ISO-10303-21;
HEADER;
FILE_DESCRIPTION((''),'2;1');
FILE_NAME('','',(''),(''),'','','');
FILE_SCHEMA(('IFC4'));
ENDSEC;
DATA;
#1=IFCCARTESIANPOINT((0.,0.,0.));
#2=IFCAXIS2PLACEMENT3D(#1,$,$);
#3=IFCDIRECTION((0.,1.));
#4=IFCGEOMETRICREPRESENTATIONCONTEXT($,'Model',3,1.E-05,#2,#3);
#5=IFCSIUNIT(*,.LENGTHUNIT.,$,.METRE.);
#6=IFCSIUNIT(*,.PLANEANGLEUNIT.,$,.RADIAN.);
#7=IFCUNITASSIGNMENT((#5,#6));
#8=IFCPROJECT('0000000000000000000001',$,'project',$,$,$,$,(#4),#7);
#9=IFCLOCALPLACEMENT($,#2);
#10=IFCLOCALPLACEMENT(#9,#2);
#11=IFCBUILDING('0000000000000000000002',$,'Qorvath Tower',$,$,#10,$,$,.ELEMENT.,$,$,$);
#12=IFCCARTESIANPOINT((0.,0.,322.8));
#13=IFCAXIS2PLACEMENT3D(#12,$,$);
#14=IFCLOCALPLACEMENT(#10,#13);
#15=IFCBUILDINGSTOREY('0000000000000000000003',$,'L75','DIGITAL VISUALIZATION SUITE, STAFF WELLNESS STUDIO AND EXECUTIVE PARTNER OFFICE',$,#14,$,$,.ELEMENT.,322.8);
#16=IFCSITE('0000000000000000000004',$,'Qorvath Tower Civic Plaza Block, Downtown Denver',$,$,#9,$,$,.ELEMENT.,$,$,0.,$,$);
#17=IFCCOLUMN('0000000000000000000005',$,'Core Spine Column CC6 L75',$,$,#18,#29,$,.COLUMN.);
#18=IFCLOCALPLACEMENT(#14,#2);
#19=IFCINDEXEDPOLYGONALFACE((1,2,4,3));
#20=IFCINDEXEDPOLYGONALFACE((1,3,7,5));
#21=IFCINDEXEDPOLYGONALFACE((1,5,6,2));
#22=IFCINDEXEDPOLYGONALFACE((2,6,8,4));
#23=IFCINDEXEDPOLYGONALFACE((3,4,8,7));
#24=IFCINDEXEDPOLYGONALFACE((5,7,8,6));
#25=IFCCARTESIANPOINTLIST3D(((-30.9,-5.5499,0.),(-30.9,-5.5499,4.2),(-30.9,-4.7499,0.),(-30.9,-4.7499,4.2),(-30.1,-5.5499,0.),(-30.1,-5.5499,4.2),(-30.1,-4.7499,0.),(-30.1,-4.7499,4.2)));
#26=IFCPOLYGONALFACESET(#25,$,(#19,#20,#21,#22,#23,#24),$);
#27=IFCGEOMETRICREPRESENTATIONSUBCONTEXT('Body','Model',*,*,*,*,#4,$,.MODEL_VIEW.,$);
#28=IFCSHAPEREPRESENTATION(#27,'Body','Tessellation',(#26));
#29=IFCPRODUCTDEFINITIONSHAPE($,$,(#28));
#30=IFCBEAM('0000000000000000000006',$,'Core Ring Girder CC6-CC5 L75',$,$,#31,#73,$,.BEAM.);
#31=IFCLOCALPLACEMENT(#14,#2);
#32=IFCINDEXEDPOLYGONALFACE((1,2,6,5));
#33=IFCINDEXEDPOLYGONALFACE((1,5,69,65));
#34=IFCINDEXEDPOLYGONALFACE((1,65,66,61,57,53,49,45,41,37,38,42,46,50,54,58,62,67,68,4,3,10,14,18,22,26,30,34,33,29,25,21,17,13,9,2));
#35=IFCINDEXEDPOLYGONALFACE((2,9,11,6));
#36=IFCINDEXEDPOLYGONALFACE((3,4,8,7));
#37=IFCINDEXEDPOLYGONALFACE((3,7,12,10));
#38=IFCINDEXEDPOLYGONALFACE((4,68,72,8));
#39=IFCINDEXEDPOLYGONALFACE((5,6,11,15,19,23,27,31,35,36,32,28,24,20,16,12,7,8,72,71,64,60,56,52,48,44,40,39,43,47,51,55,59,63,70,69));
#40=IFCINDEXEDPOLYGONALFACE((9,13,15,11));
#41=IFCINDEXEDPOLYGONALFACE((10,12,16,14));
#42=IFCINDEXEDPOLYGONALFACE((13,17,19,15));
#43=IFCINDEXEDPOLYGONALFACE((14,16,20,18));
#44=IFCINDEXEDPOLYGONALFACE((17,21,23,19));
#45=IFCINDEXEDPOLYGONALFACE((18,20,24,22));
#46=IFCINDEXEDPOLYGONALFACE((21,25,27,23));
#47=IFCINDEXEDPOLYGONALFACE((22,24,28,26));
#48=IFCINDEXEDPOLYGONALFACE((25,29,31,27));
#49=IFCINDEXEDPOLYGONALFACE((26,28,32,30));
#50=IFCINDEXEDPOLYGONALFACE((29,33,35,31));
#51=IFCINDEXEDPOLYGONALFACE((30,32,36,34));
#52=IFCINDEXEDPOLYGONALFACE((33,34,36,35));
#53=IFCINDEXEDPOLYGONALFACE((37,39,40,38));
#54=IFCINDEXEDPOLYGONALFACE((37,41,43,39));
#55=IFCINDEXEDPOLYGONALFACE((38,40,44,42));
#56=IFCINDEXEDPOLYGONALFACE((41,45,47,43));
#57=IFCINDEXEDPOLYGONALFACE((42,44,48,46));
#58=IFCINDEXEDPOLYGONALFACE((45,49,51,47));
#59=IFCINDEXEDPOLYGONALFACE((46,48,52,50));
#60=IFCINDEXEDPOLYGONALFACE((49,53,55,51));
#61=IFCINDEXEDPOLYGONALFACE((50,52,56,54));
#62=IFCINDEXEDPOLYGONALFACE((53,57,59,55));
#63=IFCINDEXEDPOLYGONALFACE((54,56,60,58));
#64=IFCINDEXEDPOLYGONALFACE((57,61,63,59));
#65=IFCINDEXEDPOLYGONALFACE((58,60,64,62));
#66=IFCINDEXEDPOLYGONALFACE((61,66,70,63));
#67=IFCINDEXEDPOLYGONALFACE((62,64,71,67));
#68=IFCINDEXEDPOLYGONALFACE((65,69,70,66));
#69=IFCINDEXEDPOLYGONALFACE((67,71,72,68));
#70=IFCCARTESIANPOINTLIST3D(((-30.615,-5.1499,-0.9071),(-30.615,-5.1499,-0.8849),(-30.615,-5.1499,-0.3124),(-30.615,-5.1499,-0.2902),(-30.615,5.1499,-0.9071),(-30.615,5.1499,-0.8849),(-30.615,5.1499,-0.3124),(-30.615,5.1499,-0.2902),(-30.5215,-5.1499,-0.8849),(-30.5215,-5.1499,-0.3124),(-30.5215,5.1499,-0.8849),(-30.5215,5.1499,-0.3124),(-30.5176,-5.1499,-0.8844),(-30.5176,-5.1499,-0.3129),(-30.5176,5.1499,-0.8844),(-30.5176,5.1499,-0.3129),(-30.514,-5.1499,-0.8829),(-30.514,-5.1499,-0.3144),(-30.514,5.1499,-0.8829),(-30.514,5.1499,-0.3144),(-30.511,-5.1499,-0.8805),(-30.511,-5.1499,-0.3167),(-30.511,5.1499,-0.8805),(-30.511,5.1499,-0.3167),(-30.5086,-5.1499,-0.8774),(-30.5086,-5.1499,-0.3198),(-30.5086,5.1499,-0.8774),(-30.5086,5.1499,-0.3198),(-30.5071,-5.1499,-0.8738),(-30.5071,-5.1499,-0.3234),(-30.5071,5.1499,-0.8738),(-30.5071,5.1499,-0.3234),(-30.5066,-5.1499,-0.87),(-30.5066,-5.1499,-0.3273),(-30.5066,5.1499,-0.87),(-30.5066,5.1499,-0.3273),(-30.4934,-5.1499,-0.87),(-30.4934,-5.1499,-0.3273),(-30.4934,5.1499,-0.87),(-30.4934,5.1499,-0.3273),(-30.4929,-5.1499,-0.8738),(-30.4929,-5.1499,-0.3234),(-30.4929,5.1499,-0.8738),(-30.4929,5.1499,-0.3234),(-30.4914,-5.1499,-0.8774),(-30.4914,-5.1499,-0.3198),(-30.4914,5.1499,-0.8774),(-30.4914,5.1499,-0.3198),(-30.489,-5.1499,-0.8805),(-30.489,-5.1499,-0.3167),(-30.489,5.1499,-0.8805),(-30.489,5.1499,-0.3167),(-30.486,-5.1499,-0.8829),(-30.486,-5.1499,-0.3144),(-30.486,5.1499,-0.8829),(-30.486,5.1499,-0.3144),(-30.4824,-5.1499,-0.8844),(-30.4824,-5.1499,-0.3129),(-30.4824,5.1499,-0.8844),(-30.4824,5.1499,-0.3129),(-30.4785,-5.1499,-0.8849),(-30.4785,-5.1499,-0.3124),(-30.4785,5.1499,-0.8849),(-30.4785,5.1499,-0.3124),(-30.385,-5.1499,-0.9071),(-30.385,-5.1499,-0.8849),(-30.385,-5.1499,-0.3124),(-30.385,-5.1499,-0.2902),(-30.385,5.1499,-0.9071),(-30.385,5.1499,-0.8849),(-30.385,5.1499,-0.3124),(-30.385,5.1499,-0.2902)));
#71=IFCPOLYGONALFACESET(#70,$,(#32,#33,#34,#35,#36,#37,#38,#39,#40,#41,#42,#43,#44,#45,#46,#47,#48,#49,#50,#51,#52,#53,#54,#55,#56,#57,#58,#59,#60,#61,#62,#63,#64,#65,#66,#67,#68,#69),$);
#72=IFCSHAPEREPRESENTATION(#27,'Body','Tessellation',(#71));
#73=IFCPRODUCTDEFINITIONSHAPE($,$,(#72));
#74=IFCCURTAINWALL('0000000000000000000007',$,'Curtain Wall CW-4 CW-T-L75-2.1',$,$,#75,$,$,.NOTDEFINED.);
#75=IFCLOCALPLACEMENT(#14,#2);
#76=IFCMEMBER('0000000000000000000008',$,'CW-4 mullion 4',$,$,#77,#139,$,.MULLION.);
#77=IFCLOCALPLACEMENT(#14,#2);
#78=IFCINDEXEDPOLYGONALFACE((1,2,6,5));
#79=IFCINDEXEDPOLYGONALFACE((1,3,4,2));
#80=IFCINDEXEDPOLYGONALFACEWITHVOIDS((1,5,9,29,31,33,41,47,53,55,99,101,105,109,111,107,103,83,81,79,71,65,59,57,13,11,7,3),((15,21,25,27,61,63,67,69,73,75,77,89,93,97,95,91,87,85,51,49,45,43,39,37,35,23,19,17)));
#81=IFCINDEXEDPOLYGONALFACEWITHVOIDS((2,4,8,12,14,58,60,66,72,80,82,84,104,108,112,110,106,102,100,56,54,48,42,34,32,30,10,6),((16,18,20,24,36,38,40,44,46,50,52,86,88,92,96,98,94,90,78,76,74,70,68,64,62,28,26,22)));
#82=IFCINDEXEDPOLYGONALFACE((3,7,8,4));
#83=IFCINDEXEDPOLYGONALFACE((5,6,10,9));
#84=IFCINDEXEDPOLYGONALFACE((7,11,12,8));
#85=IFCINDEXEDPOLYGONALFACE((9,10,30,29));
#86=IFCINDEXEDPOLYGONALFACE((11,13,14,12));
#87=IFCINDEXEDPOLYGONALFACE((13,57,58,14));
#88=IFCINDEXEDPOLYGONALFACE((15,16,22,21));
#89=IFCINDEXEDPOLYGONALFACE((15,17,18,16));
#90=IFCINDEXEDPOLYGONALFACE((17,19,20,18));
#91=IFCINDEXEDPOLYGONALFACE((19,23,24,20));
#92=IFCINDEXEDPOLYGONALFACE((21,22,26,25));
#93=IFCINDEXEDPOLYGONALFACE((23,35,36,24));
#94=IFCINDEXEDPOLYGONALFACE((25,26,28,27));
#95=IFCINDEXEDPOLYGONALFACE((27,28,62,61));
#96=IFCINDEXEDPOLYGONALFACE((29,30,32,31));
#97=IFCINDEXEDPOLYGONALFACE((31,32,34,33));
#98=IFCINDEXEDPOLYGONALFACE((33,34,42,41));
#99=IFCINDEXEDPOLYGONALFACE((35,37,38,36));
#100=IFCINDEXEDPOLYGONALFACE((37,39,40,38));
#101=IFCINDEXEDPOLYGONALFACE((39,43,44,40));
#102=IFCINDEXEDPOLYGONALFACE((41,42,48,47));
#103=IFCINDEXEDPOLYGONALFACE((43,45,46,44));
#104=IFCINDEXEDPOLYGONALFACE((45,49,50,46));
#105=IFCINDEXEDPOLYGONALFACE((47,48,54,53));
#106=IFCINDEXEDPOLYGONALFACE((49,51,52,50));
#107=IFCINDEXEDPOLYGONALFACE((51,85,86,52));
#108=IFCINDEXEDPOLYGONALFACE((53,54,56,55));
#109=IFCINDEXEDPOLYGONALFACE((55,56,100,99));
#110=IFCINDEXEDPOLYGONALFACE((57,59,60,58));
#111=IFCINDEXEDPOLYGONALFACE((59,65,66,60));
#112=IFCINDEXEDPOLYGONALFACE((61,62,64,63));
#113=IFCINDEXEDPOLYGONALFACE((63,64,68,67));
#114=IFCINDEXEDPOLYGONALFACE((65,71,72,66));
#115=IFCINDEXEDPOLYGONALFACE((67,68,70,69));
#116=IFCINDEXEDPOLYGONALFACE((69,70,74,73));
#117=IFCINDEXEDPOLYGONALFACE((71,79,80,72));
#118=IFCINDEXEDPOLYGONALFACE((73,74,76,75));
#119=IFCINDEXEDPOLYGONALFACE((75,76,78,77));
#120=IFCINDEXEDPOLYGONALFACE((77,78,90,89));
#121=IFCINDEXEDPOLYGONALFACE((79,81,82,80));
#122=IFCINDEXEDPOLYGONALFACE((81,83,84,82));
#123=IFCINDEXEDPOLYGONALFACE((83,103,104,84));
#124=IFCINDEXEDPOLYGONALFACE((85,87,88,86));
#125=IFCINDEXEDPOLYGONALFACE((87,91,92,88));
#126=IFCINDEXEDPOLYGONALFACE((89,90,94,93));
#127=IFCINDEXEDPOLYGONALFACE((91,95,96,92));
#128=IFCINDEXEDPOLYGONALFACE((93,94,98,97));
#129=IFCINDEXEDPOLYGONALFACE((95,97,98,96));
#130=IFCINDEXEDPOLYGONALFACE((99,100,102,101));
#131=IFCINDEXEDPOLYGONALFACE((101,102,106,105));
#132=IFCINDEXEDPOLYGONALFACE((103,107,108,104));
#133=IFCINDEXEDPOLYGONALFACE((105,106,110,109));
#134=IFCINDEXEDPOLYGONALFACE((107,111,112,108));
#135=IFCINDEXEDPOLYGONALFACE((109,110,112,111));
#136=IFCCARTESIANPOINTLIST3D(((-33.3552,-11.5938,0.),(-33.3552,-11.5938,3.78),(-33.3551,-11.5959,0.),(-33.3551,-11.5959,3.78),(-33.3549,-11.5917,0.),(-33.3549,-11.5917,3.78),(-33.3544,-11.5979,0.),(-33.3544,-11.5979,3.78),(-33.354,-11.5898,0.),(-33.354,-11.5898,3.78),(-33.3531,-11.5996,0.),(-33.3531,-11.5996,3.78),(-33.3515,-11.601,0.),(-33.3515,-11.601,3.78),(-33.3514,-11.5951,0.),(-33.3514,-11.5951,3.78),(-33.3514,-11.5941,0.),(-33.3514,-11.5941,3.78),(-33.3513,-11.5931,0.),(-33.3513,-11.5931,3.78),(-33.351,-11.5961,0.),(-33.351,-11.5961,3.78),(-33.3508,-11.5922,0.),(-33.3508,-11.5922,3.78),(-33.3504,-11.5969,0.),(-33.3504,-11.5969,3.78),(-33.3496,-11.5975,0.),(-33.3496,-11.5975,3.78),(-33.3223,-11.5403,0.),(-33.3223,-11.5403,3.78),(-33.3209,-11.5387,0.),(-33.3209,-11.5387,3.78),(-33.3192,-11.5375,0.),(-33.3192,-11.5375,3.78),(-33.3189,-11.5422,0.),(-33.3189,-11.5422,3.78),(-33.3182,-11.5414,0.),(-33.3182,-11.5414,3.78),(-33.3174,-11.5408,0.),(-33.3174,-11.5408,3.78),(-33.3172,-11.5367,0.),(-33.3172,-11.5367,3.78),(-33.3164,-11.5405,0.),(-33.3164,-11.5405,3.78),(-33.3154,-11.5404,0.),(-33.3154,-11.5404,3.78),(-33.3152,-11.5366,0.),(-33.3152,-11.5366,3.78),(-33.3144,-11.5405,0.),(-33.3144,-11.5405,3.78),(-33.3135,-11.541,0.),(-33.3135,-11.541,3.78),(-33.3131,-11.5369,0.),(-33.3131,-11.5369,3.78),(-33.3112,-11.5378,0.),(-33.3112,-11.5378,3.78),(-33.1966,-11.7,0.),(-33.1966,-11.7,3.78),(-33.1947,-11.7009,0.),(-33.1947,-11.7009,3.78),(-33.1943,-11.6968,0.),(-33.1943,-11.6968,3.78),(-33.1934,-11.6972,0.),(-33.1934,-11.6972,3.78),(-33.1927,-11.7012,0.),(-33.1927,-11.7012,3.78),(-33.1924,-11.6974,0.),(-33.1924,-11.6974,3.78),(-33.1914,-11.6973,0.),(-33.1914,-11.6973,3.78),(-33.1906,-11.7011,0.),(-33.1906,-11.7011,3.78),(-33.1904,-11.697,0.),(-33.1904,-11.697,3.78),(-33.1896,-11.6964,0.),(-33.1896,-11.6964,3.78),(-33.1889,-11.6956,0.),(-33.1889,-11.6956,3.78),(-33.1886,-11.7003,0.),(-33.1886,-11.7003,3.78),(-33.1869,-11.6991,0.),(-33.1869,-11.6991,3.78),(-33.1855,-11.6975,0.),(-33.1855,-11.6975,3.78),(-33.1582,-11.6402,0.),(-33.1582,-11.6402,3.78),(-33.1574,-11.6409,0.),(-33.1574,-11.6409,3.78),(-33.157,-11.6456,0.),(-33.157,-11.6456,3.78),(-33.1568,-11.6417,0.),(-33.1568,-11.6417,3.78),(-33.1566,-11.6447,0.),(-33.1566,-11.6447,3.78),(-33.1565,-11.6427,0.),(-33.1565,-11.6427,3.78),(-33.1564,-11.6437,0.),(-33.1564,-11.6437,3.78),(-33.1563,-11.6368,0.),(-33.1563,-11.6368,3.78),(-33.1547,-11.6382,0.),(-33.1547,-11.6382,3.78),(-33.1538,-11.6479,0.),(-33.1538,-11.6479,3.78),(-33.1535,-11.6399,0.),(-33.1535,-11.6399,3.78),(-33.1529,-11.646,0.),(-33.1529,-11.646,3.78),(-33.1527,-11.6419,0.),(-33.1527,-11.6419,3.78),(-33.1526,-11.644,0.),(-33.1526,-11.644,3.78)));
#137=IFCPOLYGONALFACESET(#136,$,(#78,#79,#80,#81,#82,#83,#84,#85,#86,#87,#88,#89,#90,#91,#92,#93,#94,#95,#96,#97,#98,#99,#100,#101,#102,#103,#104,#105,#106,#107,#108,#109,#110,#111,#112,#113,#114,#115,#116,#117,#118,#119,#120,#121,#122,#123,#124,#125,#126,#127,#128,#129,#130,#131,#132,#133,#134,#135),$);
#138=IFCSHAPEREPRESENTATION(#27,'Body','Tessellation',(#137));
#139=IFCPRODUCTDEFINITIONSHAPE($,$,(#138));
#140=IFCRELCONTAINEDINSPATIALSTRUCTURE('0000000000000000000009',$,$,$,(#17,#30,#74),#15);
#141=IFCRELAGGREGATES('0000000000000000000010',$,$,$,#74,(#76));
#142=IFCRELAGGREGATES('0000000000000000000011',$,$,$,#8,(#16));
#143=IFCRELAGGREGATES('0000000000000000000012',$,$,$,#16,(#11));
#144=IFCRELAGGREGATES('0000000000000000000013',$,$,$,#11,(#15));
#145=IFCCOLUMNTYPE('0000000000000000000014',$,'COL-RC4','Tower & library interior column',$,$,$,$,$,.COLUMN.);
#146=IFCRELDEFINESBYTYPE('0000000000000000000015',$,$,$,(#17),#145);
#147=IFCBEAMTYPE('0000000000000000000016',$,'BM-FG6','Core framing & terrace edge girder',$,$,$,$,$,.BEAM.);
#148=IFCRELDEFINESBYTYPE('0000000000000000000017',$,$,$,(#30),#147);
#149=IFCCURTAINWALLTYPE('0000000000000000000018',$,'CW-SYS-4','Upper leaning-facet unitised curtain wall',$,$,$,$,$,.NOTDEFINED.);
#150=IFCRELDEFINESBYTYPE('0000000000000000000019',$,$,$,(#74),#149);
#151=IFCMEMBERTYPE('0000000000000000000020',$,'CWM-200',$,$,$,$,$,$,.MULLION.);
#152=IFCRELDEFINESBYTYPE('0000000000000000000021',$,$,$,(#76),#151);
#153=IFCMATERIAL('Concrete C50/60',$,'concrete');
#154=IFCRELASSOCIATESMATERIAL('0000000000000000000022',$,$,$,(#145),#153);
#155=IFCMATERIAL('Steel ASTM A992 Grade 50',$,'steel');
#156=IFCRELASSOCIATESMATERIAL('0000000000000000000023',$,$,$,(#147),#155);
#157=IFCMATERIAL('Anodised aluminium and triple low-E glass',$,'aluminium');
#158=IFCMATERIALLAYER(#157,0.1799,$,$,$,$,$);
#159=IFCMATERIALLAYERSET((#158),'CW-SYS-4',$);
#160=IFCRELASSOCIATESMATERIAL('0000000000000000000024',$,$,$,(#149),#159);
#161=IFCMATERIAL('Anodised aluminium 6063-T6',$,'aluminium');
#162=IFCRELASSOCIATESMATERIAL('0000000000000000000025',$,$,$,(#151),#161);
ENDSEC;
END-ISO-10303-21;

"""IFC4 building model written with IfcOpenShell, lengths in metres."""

from ifc_helpers import new_model, si_unit, direction, frame, origin, origin_2d, place, context, subcontext, project, spatial, rectangle, hollow_rectangle, i_section, extrude, material, layer, layer_set, material_profile, profile_set, type_object, element, aggregate, save


model = new_model("IFC4")

# Units and contexts
model_context = context("Model", 3, precision=1e-05, world=origin(), true_north=direction((0.0, 1.0)))
body_context = subcontext(model_context, "Body", "Model", "MODEL_VIEW")
ifc_project = project(units=[si_unit("LENGTHUNIT", "METRE"), si_unit("PLANEANGLEUNIT", "RADIAN")], contexts=[model_context])

# Site, building, storey
site_placement = place(None, origin())
site = spatial("IfcSite", under=ifc_project, at=site_placement, Name="Qorvath Tower Civic Plaza Block, Downtown Denver", CompositionType="ELEMENT", RefElevation=0.0)
building_placement = place(site_placement, origin())
building = spatial("IfcBuilding", under=site, at=building_placement, Name="Qorvath Tower", CompositionType="ELEMENT")
storey_placement = place(building_placement, frame((0.0, 0.0, 322.8)))
storey = spatial("IfcBuildingStorey", under=building, at=storey_placement, Name="L75", Description="DIGITAL VISUALIZATION SUITE, STAFF WELLNESS STUDIO AND EXECUTIVE PARTNER OFFICE", CompositionType="ELEMENT", Elevation=322.8)

# Column
ifc_material_1 = material(Name="Concrete C50/60", Category="concrete")
ifc_material_profile_1 = material_profile(ifc_material_1, rectangle(XDim=0.8, YDim=0.8, at=origin_2d()), Name="RC 800x800")
ifc_profile_set_1 = profile_set([ifc_material_profile_1], Name="Concrete C50/60")
column_type = type_object("IfcColumnType", Name="COL-RC4", Description="Tower & library interior column", PredefinedType="COLUMN", material=ifc_profile_set_1)
column_placement = place(storey_placement, frame((-30.5, -5.1499, 0.0), z_axis=(0.0, 0.0, 1.0), x_axis=(1.0, 0.0, 0.0)))
element("IfcColumn", 1, at=column_placement, inside=storey, type_object=column_type, Name="Core Spine Column CC6 L75", PredefinedType="COLUMN", context=body_context, shape_type="SweptSolid", body=[
    extrude(rectangle(XDim=0.8, YDim=0.8, at=origin_2d()), origin(), (0.0, 0.0, 1.0), 4.2),
])

# Beam
ifc_material_2 = material(Name="Steel ASTM A992 Grade 50", Category="steel")
ifc_material_profile_2 = material_profile(ifc_material_2, i_section(OverallWidth=0.23, OverallDepth=0.6169, WebThickness=0.0132, FlangeThickness=0.0222, FilletRadius=0.0149, at=origin_2d()), Name="W24x94")
ifc_profile_set_2 = profile_set([ifc_material_profile_2], Name="Steel ASTM A992 Grade 50")
beam_type = type_object("IfcBeamType", Name="BM-FG6", Description="Core framing & terrace edge girder", PredefinedType="BEAM", material=ifc_profile_set_2)
beam_placement = place(storey_placement, frame((-30.5, -5.1499, -0.5986), z_axis=(0.0, 1.0, 0.0), x_axis=(-1.0, 0.0, 0.0)))
element("IfcBeam", 2, at=beam_placement, inside=storey, type_object=beam_type, Name="Core Ring Girder CC6-CC5 L75", PredefinedType="BEAM", context=body_context, shape_type="SweptSolid", body=[
    extrude(i_section(OverallWidth=0.23, OverallDepth=0.6169, WebThickness=0.0132, FlangeThickness=0.0222, FilletRadius=0.0149, at=origin_2d()), origin(), (0.0, 0.0, 1.0), 10.2998),
])

# Curtain wall, member
ifc_material_3 = material(Name="Anodised aluminium and triple low-E glass", Category="aluminium")
ifc_layer_1 = layer(ifc_material_3, 0.1799)
ifc_layer_set_1 = layer_set([ifc_layer_1], Name="CW-SYS-4")
curtain_wall_type = type_object("IfcCurtainWallType", Name="CW-SYS-4", Description="Upper leaning-facet unitised curtain wall", PredefinedType="NOTDEFINED", material=ifc_layer_set_1)
curtain_wall_placement = place(storey_placement, origin())
curtain_wall = element("IfcCurtainWall", 3, at=curtain_wall_placement, inside=storey, type_object=curtain_wall_type, Name="Curtain Wall CW-4 CW-T-L75-2.1", PredefinedType="NOTDEFINED")
ifc_material_4 = material(Name="Anodised aluminium 6063-T6", Category="aluminium")
ifc_material_profile_3 = material_profile(ifc_material_4, hollow_rectangle(XDim=0.075, YDim=0.2, WallThickness=0.0039, InnerFilletRadius=0.0039, OuterFilletRadius=0.0081, at=origin_2d()), Name="CWM 200x75")
ifc_profile_set_3 = profile_set([ifc_material_profile_3], Name="Anodised aluminium 6063-T6")
member_type_1 = type_object("IfcMemberType", Name="CWM-200", PredefinedType="MULLION", material=ifc_profile_set_3)
member_1_placement = place(storey_placement, frame((-33.2539, -11.6189, 0.0), z_axis=(0.0, 0.0, 1.0), x_axis=(0.538536, 0.842603, 0.0)))
member_1 = element("IfcMember", 4, at=member_1_placement, type_object=member_type_1, Name="CW-4 mullion 4", PredefinedType="MULLION", context=body_context, shape_type="SweptSolid", body=[
    extrude(hollow_rectangle(XDim=0.075, YDim=0.2, WallThickness=0.0039, InnerFilletRadius=0.0039, OuterFilletRadius=0.0081, at=origin_2d()), origin(), (0.0, 0.0, 1.0), 3.78),
])
aggregate(curtain_wall, [member_1])

save(model, "model.ifc")
